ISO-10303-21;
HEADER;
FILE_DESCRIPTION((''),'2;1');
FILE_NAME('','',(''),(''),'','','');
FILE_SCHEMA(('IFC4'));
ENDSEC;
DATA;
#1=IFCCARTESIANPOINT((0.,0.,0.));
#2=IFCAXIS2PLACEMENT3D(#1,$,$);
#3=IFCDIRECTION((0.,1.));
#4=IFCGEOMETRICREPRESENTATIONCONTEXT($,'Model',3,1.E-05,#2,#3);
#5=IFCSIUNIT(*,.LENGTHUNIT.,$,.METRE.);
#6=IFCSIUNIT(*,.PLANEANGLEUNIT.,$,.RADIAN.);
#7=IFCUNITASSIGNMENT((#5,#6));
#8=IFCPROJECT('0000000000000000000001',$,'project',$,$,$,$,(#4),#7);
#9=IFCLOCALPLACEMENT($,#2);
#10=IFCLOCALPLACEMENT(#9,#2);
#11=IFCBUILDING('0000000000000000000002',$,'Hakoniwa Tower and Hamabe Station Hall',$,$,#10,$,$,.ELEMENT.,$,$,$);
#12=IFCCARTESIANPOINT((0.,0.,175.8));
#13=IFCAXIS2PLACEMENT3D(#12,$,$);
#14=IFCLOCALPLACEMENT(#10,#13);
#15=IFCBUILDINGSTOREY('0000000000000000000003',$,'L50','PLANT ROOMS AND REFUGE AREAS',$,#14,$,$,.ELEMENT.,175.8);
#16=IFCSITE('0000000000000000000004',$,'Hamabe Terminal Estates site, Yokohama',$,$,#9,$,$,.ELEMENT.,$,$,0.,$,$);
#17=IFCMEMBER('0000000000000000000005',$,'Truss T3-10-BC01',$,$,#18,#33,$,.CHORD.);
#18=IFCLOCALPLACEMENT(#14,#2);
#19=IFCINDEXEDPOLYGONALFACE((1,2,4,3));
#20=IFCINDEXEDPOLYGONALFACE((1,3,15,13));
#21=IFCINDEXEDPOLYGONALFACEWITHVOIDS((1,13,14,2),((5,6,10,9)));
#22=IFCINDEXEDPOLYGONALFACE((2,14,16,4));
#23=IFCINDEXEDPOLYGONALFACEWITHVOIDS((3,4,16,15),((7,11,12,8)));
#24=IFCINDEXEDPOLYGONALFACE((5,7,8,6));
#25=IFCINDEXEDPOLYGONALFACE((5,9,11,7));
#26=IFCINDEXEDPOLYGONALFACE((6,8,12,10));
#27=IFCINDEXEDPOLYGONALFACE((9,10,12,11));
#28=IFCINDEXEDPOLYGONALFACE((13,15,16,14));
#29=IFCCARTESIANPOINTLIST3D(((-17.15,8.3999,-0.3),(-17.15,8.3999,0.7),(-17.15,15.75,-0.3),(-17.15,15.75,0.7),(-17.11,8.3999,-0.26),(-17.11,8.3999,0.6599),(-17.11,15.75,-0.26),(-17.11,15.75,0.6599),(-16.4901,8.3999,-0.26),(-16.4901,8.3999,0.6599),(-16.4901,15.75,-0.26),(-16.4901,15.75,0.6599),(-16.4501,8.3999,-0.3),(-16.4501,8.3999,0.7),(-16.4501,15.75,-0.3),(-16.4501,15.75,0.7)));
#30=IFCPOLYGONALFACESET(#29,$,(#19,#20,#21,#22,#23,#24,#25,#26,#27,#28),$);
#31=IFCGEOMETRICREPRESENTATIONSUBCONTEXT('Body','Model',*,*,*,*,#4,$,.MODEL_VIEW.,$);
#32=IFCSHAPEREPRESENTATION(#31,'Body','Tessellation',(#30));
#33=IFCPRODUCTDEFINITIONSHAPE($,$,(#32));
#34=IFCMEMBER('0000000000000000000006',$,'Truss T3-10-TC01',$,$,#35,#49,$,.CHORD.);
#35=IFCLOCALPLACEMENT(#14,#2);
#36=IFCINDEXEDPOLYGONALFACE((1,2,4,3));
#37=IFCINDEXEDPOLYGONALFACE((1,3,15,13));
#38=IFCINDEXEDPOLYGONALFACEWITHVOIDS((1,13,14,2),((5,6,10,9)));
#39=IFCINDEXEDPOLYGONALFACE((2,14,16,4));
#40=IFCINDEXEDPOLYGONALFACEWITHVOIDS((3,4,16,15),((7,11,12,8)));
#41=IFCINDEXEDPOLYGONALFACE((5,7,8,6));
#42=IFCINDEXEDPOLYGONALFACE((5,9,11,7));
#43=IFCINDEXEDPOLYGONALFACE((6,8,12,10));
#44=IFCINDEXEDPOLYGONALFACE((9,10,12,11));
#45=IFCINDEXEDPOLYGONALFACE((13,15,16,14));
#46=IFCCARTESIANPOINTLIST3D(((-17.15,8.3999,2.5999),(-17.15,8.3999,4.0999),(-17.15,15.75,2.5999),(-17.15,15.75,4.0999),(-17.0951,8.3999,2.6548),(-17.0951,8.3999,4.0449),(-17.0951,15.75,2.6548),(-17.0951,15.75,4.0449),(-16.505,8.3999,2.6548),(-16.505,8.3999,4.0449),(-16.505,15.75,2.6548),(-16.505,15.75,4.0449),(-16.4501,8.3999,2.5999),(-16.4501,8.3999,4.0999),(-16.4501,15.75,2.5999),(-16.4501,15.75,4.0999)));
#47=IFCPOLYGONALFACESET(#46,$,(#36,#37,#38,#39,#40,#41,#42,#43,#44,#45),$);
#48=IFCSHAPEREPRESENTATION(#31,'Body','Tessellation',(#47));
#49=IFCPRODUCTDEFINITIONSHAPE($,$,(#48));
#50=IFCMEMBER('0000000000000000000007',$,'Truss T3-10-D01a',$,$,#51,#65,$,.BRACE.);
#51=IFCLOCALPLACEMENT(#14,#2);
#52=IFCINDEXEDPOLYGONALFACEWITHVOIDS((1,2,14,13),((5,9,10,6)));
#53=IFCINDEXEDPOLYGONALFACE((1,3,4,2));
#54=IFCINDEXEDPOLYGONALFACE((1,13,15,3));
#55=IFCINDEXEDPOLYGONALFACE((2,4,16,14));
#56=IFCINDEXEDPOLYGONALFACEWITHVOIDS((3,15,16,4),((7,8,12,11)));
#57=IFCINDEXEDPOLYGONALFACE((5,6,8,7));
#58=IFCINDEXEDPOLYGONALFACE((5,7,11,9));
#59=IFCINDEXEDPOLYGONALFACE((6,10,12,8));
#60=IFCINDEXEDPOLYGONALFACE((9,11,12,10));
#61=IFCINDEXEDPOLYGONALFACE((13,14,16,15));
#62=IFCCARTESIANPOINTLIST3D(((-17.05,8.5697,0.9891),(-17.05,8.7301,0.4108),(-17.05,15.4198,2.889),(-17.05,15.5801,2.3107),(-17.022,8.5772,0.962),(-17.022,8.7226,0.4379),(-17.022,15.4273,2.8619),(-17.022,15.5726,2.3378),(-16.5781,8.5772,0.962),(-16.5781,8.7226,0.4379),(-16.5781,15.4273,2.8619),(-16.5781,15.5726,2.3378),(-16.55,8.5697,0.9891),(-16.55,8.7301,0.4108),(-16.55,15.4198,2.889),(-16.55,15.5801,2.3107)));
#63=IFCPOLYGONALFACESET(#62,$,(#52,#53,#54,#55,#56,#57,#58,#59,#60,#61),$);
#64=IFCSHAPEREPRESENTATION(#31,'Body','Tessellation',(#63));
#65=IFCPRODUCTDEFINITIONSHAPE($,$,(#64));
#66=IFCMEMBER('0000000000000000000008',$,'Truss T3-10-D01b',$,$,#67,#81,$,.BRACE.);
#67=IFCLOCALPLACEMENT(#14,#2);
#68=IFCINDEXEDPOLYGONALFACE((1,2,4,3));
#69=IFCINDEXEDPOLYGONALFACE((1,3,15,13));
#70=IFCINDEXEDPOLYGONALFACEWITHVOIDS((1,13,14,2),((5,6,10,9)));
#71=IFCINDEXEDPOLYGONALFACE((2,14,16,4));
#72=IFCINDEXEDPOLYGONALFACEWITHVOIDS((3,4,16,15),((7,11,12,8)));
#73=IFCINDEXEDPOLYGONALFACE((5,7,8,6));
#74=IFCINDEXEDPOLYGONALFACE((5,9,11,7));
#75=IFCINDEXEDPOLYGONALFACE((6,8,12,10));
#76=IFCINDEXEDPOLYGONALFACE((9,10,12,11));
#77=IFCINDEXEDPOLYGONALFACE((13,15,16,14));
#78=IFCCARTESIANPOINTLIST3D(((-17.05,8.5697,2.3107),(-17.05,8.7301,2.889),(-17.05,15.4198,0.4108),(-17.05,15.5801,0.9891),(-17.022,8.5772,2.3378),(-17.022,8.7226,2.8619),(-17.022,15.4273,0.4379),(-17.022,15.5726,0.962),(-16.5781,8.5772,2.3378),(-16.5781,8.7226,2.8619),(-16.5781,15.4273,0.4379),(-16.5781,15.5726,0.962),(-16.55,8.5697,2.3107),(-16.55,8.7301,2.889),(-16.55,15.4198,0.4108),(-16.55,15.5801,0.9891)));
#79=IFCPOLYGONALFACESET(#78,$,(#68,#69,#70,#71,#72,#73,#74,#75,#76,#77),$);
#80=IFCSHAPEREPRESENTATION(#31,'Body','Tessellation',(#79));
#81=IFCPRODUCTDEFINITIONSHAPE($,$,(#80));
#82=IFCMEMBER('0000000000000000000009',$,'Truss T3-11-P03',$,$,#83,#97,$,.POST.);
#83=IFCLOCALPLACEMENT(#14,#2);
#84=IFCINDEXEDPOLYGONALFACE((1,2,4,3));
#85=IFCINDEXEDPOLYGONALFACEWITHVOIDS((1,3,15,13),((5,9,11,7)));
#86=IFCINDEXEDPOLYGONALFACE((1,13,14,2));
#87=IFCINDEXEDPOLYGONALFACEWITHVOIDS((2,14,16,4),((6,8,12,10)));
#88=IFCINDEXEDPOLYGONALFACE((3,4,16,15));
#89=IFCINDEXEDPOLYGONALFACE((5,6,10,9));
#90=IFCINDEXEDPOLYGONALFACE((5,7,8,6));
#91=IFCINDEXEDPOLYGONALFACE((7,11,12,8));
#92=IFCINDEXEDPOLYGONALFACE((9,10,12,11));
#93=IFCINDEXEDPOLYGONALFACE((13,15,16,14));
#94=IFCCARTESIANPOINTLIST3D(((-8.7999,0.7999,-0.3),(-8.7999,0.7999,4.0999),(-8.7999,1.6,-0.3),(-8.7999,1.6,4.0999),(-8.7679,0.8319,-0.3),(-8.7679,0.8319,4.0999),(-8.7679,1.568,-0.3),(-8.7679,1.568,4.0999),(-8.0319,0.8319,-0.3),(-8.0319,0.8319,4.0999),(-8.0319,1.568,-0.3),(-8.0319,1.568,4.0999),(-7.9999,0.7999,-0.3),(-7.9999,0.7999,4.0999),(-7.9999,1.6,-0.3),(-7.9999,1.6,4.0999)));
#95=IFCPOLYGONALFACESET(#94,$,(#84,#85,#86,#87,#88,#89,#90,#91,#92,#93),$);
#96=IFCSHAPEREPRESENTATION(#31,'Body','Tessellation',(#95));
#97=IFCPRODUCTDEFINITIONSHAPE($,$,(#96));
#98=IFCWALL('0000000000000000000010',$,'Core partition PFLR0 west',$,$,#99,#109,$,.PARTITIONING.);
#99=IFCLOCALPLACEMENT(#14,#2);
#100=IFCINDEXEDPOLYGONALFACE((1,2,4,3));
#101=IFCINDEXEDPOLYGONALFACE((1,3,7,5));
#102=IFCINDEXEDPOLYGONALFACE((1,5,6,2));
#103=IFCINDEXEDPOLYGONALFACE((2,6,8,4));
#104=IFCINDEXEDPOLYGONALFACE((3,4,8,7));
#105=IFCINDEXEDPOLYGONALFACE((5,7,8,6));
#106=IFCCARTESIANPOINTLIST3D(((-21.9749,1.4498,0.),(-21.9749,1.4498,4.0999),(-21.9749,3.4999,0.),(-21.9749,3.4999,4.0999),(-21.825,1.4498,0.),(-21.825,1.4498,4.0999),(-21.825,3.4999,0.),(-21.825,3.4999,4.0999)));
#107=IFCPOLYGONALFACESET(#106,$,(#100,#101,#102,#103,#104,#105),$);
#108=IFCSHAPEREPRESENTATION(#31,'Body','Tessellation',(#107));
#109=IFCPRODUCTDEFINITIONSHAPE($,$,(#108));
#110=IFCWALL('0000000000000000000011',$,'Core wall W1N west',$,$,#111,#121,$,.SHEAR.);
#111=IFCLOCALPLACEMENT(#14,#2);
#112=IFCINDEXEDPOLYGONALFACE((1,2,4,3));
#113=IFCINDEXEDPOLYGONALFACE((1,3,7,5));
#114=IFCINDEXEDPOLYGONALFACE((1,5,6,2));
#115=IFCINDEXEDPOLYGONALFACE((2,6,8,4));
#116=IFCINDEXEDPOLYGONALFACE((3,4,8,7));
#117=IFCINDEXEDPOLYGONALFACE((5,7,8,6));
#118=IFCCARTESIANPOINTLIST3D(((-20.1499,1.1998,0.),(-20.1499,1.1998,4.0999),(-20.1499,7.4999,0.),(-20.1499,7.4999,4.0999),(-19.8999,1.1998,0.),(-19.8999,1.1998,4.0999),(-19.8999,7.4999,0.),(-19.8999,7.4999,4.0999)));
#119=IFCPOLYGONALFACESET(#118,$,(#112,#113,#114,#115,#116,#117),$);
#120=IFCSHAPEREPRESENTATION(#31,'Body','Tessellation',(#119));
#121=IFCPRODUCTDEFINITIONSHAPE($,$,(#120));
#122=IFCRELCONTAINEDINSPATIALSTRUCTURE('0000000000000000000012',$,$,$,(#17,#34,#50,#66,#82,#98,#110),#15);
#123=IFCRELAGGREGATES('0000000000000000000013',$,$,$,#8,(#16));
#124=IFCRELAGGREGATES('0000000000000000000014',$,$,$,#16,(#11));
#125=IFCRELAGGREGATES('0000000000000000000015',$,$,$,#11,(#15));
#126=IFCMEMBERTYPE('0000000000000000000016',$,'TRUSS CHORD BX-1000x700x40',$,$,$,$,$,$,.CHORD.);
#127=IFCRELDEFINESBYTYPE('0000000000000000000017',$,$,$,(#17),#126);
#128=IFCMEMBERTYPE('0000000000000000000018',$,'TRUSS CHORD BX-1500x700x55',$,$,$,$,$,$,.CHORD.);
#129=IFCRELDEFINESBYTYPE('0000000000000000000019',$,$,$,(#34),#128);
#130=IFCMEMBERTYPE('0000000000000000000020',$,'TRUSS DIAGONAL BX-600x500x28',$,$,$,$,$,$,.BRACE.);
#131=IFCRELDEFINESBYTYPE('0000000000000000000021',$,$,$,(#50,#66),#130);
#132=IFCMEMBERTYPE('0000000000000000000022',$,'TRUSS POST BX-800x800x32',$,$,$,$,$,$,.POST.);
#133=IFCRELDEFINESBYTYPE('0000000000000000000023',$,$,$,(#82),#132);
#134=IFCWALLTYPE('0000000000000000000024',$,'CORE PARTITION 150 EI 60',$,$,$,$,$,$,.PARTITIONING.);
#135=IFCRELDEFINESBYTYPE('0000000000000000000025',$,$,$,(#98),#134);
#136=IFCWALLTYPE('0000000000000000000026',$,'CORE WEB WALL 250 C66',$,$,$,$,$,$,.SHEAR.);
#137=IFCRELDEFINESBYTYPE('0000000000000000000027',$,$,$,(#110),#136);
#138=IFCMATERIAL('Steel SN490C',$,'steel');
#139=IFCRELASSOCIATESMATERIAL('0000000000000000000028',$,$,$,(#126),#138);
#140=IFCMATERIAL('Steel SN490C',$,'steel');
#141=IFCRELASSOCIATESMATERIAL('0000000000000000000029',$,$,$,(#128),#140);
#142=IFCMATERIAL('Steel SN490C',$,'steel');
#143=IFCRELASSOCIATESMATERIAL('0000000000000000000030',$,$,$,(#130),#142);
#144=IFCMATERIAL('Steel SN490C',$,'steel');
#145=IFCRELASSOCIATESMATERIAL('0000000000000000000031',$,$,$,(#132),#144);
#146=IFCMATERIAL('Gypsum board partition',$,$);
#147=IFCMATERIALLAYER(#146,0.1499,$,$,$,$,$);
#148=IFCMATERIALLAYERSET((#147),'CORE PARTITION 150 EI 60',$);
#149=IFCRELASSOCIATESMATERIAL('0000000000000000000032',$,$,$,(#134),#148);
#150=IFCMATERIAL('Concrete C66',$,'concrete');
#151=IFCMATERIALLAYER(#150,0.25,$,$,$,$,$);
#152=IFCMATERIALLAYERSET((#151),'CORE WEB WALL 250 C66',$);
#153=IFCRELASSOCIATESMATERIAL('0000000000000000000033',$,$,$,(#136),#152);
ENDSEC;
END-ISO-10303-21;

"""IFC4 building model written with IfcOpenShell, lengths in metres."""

from ifc_helpers import new_model, si_unit, direction, frame, frame_2d, origin, origin_2d, place, context, subcontext, project, spatial, rectangle, hollow_rectangle, extrude, material, layer, layer_set, material_profile, profile_set, type_object, element, save


model = new_model("IFC4")

# Units and contexts
model_context = context("Model", 3, precision=1e-05, world=origin(), true_north=direction((0.0, 1.0)))
body_context = subcontext(model_context, "Body", "Model", "MODEL_VIEW")
ifc_project = project(units=[si_unit("LENGTHUNIT", "METRE"), si_unit("PLANEANGLEUNIT", "RADIAN")], contexts=[model_context])

# Site, building, storey
site_placement = place(None, origin())
site = spatial("IfcSite", under=ifc_project, at=site_placement, Name="Hamabe Terminal Estates site, Yokohama", CompositionType="ELEMENT", RefElevation=0.0)
building_placement = place(site_placement, origin())
building = spatial("IfcBuilding", under=site, at=building_placement, Name="Hakoniwa Tower and Hamabe Station Hall", CompositionType="ELEMENT")
storey_placement = place(building_placement, frame((0.0, 0.0, 175.8)))
storey = spatial("IfcBuildingStorey", under=building, at=storey_placement, Name="L50", Description="PLANT ROOMS AND REFUGE AREAS", CompositionType="ELEMENT", Elevation=175.8)

# Members
ifc_material_1 = material(Name="Steel SN490C", Category="steel")
ifc_material_profile_1 = material_profile(ifc_material_1, hollow_rectangle(XDim=0.7, YDim=1.0, WallThickness=0.04, at=origin_2d()), Name="BX-1000x700x40")
ifc_profile_set_1 = profile_set([ifc_material_profile_1], Name="Steel SN490C")
member_type_1 = type_object("IfcMemberType", Name="TRUSS CHORD BX-1000x700x40", PredefinedType="CHORD", material=ifc_profile_set_1)
member_1_placement = place(storey_placement, frame((-16.8, 8.3999, 0.2), z_axis=(0.0, 1.0, 0.0), x_axis=(-1.0, 0.0, 0.0)))
element("IfcMember", 1, at=member_1_placement, inside=storey, type_object=member_type_1, Name="Truss T3-10-BC01", PredefinedType="CHORD", context=body_context, shape_type="SweptSolid", body=[
    extrude(hollow_rectangle(XDim=0.7, YDim=1.0, WallThickness=0.04, at=origin_2d()), origin(), (0.0, 0.0, 1.0), 7.3501),
])
ifc_material_2 = material(Name="Steel SN490C", Category="steel")
ifc_material_profile_2 = material_profile(ifc_material_2, hollow_rectangle(XDim=0.7, YDim=1.5, WallThickness=0.0549, at=origin_2d()), Name="BX-1500x700x55")
ifc_profile_set_2 = profile_set([ifc_material_profile_2], Name="Steel SN490C")
member_type_2 = type_object("IfcMemberType", Name="TRUSS CHORD BX-1500x700x55", PredefinedType="CHORD", material=ifc_profile_set_2)
member_2_placement = place(storey_placement, frame((-16.8, 8.3999, 3.3499), z_axis=(0.0, 1.0, 0.0), x_axis=(-1.0, 0.0, 0.0)))
element("IfcMember", 2, at=member_2_placement, inside=storey, type_object=member_type_2, Name="Truss T3-10-TC01", PredefinedType="CHORD", context=body_context, shape_type="SweptSolid", body=[
    extrude(hollow_rectangle(XDim=0.7, YDim=1.5, WallThickness=0.0549, at=origin_2d()), origin(), (0.0, 0.0, 1.0), 7.3501),
])
ifc_material_3 = material(Name="Steel SN490C", Category="steel")
ifc_material_profile_3 = material_profile(ifc_material_3, hollow_rectangle(XDim=0.5, YDim=0.6001, WallThickness=0.0281, at=origin_2d()), Name="BX-600x500x28")
ifc_profile_set_3 = profile_set([ifc_material_profile_3], Name="Steel SN490C")
member_type_3 = type_object("IfcMemberType", Name="TRUSS DIAGONAL BX-600x500x28", PredefinedType="BRACE", material=ifc_profile_set_3)
for number, where, z_axis, x_axis, name in (
    (3, (-16.8, 8.6499, 0.7), (0.0, 0.963623, 0.267265), (-1.0, 0.0, 0.0), "Truss T3-10-D01a"),
    (4, (-16.8, 8.6499, 2.5999), (0.0, 0.963623, -0.267265), (-1.0, 0.0, 0.0), "Truss T3-10-D01b"),
):
    element("IfcMember", number, at=place(storey_placement, frame(where, z_axis=z_axis, x_axis=x_axis)), inside=storey, type_object=member_type_3, Name=name, PredefinedType="BRACE", context=body_context, shape_type="SweptSolid", body=[
        extrude(hollow_rectangle(XDim=0.5, YDim=0.6001, WallThickness=0.0281, at=origin_2d()), origin(), (0.0, 0.0, 1.0), 7.1086),
    ])
ifc_material_4 = material(Name="Steel SN490C", Category="steel")
ifc_material_profile_4 = material_profile(ifc_material_4, hollow_rectangle(XDim=0.8, YDim=0.8, WallThickness=0.032, at=origin_2d()), Name="BX-800x800x32")
ifc_profile_set_4 = profile_set([ifc_material_profile_4], Name="Steel SN490C")
member_type_4 = type_object("IfcMemberType", Name="TRUSS POST BX-800x800x32", PredefinedType="POST", material=ifc_profile_set_4)
member_3_placement = place(storey_placement, frame((-8.3999, 1.2, -0.3), z_axis=(0.0, 0.0, 1.0), x_axis=(1.0, 0.0, 0.0)))
element("IfcMember", 5, at=member_3_placement, inside=storey, type_object=member_type_4, Name="Truss T3-11-P03", PredefinedType="POST", context=body_context, shape_type="SweptSolid", body=[
    extrude(hollow_rectangle(XDim=0.8, YDim=0.8, WallThickness=0.032, at=origin_2d()), origin(), (0.0, 0.0, 1.0), 4.3999),
])

# Walls
ifc_material_5 = material(Name="Gypsum board partition")
ifc_layer_1 = layer(ifc_material_5, 0.1499)
ifc_layer_set_1 = layer_set([ifc_layer_1], Name="CORE PARTITION 150 EI 60")
wall_type_1 = type_object("IfcWallType", Name="CORE PARTITION 150 EI 60", PredefinedType="PARTITIONING", material=ifc_layer_set_1)
wall_1_placement = place(storey_placement, frame((-21.8999, 1.45, 0.0), z_axis=(0.0, 0.0, 1.0), x_axis=(0.0, 1.0, 0.0)))
element("IfcWall", 6, at=wall_1_placement, inside=storey, type_object=wall_type_1, Name="Core partition PFLR0 west", PredefinedType="PARTITIONING", context=body_context, shape_type="SweptSolid", body=[
    extrude(rectangle(XDim=2.05, YDim=0.1499, at=frame_2d((1.0249, 0.0))), origin(), (0.0, 0.0, 1.0), 4.0999),
])
ifc_material_6 = material(Name="Concrete C66", Category="concrete")
ifc_layer_2 = layer(ifc_material_6, 0.25)
ifc_layer_set_2 = layer_set([ifc_layer_2], Name="CORE WEB WALL 250 C66")
wall_type_2 = type_object("IfcWallType", Name="CORE WEB WALL 250 C66", PredefinedType="SHEAR", material=ifc_layer_set_2)
wall_2_placement = place(storey_placement, frame((-20.0249, 1.2, 0.0), z_axis=(0.0, 0.0, 1.0), x_axis=(0.0, 1.0, 0.0)))
element("IfcWall", 7, at=wall_2_placement, inside=storey, type_object=wall_type_2, Name="Core wall W1N west", PredefinedType="SHEAR", context=body_context, shape_type="SweptSolid", body=[
    extrude(rectangle(XDim=6.3, YDim=0.25, at=frame_2d((3.1499, 0.0))), origin(), (0.0, 0.0, 1.0), 4.0999),
])

save(model, "model.ifc")
